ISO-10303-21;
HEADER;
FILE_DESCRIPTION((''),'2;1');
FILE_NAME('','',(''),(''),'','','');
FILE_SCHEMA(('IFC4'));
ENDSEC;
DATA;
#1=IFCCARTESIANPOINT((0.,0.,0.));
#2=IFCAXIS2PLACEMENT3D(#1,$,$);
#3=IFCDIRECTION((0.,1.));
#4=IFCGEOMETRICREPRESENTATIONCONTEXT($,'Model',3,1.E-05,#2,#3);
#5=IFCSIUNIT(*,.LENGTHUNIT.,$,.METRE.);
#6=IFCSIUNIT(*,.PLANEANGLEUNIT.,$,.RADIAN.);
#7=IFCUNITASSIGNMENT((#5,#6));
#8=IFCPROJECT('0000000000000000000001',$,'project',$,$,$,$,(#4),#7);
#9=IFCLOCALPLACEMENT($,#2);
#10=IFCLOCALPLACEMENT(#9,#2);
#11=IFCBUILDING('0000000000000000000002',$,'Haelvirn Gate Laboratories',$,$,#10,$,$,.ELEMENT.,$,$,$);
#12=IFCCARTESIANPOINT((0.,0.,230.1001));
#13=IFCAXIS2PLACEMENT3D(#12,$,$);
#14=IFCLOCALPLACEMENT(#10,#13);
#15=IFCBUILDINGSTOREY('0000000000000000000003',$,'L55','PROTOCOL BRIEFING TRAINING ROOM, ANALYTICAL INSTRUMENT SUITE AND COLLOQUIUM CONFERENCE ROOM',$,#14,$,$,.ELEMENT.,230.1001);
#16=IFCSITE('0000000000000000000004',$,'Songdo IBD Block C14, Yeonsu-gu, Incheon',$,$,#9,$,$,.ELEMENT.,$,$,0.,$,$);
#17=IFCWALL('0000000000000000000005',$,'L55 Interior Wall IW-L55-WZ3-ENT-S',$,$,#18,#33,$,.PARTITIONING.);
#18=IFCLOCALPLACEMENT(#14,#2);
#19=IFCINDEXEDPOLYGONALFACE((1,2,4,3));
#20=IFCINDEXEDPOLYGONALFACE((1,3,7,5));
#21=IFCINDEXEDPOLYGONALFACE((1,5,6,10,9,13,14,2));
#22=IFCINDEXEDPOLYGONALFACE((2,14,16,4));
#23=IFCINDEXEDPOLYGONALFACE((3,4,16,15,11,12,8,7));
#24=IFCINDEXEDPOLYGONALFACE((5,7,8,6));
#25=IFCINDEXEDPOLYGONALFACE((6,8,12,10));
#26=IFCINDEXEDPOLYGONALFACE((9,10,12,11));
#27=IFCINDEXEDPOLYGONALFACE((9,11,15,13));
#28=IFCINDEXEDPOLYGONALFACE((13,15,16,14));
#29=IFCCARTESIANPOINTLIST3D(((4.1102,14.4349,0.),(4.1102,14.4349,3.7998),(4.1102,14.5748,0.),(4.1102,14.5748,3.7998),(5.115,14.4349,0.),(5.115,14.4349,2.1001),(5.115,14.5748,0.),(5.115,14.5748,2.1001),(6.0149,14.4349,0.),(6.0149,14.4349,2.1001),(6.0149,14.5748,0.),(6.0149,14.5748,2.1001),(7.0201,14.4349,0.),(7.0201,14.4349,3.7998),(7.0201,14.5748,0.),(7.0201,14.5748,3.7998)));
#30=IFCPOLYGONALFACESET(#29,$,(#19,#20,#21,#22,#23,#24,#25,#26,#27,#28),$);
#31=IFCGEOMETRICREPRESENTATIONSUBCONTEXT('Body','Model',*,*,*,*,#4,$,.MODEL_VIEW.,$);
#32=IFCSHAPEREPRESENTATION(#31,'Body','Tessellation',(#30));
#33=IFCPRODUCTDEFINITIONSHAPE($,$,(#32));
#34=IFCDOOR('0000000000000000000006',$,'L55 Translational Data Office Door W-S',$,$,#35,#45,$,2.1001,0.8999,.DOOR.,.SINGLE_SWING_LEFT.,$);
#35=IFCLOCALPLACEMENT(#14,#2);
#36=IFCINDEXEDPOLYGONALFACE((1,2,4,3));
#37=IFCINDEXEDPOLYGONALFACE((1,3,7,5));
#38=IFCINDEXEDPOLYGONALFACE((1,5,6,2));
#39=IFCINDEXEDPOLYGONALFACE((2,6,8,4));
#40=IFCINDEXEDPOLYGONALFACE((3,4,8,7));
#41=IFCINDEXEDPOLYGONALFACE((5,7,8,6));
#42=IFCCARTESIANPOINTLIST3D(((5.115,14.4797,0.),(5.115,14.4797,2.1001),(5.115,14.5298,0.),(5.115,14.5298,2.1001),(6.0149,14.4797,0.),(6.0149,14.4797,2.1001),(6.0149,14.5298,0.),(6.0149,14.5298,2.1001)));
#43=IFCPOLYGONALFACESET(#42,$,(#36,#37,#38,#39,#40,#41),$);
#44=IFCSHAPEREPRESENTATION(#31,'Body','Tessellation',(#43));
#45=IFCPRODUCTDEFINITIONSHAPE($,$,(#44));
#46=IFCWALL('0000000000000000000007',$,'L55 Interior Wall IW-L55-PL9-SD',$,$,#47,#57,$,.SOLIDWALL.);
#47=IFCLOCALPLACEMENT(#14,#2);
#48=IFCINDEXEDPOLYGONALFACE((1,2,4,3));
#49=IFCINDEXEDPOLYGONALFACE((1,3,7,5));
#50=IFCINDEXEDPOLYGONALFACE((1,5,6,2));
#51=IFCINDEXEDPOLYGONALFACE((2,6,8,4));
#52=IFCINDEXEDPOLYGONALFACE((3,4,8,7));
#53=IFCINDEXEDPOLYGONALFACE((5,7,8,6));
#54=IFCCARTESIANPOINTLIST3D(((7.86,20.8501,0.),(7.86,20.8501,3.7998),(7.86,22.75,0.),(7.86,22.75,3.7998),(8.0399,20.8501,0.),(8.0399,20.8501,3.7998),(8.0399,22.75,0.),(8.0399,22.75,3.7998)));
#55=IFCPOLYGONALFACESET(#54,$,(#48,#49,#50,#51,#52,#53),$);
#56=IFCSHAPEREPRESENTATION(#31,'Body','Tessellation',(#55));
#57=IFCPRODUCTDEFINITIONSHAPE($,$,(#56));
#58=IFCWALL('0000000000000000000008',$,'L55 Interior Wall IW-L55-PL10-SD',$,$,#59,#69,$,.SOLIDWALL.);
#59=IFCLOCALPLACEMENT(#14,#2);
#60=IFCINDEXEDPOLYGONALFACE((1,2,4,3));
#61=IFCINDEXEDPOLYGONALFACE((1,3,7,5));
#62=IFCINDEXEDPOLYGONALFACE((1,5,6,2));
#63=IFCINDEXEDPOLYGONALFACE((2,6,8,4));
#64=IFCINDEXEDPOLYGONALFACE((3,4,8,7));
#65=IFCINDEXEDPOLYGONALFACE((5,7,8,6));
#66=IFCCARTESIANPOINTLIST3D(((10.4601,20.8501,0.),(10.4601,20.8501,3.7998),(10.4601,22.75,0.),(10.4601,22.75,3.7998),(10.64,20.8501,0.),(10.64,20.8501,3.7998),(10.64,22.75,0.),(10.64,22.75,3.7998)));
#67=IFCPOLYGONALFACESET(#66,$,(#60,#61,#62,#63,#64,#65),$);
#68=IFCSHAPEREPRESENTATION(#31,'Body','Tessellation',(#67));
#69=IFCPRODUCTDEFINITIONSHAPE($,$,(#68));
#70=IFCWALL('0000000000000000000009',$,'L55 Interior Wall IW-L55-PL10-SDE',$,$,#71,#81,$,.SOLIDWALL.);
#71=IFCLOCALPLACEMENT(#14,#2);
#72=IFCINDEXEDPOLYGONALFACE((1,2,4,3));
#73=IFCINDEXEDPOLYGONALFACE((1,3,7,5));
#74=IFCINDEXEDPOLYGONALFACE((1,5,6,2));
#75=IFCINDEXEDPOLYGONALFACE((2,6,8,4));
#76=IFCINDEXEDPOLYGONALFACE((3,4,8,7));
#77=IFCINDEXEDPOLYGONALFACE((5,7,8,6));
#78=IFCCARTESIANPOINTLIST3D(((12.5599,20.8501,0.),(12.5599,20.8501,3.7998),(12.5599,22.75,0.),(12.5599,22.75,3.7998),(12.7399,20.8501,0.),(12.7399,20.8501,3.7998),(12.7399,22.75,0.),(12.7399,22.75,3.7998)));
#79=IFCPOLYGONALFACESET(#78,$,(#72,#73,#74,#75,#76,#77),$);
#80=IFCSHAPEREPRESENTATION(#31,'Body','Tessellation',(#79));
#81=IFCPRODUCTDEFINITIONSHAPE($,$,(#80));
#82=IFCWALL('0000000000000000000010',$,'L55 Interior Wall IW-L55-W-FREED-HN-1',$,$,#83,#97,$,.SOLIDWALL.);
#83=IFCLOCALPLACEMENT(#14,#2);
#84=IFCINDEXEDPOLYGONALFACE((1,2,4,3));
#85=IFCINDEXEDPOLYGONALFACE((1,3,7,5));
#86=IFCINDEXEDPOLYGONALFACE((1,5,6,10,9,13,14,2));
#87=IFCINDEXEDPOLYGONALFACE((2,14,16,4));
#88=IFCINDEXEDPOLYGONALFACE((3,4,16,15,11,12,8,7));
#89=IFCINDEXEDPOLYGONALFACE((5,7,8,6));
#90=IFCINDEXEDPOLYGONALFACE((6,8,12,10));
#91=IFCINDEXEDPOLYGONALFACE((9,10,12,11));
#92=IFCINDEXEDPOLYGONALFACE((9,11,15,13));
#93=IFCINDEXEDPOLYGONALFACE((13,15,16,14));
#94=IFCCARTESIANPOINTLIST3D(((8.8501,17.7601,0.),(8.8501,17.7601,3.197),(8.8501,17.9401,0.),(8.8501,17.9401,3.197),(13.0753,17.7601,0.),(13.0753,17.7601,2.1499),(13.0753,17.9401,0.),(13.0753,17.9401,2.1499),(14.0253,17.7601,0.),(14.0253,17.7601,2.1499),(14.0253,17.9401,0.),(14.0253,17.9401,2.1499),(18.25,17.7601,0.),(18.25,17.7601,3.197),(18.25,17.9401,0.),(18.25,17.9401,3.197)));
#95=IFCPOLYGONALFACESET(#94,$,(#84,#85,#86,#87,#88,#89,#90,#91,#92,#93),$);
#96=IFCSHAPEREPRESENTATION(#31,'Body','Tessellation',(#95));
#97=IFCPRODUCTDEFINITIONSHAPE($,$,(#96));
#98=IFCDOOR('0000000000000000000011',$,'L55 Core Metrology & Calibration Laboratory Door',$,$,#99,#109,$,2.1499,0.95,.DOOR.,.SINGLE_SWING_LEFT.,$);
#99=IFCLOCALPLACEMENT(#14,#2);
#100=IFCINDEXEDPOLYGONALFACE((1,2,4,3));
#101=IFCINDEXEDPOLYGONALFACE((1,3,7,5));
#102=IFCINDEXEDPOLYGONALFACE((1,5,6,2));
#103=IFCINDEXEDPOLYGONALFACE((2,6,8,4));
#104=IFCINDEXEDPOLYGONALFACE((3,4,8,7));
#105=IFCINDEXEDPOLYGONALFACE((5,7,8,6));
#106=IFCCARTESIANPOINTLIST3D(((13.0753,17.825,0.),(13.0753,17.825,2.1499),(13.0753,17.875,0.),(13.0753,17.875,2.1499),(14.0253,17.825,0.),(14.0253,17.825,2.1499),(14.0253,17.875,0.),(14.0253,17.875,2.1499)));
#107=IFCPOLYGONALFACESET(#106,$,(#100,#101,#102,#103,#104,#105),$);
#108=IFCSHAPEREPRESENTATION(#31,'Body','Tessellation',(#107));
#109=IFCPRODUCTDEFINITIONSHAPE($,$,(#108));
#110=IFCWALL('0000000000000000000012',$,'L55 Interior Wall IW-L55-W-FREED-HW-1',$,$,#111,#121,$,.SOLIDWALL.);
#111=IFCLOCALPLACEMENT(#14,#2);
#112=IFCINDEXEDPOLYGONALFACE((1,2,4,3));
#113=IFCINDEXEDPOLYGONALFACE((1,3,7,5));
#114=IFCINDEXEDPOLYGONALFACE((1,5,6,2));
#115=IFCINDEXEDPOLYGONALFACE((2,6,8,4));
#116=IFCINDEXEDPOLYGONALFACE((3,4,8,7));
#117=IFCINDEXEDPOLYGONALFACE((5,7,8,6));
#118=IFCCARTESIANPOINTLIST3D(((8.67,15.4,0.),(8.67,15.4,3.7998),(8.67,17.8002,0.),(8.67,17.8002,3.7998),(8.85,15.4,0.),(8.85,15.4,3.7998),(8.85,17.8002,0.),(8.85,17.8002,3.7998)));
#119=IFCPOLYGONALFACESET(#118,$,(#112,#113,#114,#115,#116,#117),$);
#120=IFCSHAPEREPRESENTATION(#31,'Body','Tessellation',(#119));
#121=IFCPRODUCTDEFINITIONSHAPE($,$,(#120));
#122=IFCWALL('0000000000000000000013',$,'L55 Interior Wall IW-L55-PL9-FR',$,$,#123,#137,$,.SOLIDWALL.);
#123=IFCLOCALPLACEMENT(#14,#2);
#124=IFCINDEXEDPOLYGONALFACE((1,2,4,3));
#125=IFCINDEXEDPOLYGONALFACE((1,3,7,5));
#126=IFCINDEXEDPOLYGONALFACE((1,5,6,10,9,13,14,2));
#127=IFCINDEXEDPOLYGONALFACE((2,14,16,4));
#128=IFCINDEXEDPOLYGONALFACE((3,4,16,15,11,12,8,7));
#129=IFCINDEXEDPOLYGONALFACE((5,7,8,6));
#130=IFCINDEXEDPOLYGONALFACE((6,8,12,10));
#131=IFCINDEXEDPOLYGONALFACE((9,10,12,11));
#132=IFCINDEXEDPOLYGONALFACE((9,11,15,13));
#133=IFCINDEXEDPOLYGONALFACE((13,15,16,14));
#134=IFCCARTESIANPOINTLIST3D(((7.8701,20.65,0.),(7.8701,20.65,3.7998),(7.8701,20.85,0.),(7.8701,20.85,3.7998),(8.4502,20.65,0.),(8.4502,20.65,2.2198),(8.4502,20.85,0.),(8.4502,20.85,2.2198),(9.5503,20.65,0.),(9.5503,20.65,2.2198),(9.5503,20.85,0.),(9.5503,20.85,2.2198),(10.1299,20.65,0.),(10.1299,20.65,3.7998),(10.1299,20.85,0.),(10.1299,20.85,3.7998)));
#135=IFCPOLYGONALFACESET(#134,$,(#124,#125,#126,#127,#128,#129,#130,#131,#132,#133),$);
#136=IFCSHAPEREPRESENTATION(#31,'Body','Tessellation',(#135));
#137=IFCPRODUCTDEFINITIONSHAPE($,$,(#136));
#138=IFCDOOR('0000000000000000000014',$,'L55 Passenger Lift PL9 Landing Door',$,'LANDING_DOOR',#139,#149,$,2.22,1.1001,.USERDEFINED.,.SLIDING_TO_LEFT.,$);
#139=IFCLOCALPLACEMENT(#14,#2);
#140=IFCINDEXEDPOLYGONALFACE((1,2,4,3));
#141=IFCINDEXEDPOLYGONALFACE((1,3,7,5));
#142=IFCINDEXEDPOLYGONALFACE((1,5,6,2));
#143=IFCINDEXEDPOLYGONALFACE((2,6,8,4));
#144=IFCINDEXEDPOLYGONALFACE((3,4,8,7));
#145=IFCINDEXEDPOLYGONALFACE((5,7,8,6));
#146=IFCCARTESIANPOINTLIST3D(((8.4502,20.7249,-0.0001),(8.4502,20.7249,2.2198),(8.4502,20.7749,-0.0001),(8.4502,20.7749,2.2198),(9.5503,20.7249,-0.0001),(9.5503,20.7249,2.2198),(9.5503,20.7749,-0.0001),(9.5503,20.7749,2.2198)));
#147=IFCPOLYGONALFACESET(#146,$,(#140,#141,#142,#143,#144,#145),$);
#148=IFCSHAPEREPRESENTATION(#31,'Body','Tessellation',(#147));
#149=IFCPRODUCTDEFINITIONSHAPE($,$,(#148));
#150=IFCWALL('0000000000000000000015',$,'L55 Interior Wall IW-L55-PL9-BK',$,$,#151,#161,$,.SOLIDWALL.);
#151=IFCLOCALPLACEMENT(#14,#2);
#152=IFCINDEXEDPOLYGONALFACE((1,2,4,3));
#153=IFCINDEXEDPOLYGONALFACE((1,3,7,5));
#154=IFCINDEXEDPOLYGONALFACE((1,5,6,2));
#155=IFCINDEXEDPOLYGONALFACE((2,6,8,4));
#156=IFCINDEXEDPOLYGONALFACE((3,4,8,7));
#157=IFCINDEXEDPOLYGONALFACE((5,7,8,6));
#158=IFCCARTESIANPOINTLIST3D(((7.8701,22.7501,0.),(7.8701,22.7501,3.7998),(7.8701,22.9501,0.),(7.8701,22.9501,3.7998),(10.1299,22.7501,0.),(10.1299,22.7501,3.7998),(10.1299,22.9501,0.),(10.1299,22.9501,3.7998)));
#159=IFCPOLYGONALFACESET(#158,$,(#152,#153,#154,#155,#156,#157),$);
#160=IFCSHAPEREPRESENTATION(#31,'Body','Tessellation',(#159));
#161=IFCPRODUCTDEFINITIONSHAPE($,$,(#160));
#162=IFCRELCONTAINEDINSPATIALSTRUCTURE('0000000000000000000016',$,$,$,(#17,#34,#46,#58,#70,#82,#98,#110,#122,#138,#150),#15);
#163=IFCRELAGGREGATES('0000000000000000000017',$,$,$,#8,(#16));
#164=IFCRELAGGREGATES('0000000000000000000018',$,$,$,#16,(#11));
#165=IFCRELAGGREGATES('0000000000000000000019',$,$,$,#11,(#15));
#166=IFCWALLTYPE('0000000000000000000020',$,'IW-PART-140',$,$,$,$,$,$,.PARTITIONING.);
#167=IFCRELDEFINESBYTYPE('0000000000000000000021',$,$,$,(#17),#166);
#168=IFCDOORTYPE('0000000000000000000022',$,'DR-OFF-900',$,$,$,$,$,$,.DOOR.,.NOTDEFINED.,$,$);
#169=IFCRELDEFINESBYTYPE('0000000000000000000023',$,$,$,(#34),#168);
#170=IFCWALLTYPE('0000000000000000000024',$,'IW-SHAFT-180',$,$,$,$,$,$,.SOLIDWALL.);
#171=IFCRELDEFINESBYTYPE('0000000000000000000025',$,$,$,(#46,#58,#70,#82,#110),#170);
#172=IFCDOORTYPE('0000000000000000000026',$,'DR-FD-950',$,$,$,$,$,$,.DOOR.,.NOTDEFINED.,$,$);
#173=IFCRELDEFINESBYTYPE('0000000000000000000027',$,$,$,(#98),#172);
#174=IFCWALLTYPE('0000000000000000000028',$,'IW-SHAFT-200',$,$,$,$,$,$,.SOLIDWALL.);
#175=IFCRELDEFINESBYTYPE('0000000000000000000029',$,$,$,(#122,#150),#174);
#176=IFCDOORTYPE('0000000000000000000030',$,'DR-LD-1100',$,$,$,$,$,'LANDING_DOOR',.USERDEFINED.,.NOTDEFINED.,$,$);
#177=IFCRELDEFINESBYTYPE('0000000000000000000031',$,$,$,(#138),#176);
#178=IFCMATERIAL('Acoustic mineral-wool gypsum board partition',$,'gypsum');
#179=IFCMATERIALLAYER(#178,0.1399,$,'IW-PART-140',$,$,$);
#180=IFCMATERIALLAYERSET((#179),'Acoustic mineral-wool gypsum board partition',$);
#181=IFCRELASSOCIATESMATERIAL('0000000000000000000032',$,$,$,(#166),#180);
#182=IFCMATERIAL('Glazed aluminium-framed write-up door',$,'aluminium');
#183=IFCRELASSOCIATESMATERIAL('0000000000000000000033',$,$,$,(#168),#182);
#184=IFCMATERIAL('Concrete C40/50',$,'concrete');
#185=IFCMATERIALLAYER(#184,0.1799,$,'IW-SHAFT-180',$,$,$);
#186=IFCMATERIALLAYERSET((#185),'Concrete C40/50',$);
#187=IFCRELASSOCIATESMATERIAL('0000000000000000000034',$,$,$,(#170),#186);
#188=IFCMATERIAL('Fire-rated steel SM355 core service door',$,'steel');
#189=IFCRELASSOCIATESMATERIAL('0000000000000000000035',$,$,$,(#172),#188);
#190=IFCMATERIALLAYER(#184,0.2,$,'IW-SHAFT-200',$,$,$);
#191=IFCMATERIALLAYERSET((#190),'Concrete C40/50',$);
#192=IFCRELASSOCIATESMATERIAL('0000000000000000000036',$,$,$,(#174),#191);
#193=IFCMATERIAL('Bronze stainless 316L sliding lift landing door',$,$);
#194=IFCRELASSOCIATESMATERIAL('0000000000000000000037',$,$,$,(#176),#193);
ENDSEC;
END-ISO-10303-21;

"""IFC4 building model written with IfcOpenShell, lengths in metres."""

from ifc_helpers import new_model, si_unit, direction, frame, frame_2d, origin, place, context, subcontext, project, spatial, rectangle, extrude, source, transform, mapped, material, layer, layer_set, type_object, type_shapes, element, fill, save


model = new_model("IFC4")

# Units and contexts
model_context = context("Model", 3, precision=1e-05, world=origin(), true_north=direction((0.0, 1.0)))
body_context = subcontext(model_context, "Body", "Model", "MODEL_VIEW")
ifc_project = project(units=[si_unit("LENGTHUNIT", "METRE"), si_unit("PLANEANGLEUNIT", "RADIAN")], contexts=[model_context])

# Site, building, storey
site_placement = place(None, origin())
site = spatial("IfcSite", under=ifc_project, at=site_placement, Name="Songdo IBD Block C14, Yeonsu-gu, Incheon", CompositionType="ELEMENT", RefElevation=0.0)
building_placement = place(site_placement, origin())
building = spatial("IfcBuilding", under=site, at=building_placement, Name="Haelvirn Gate Laboratories", CompositionType="ELEMENT")
storey_placement = place(building_placement, frame((0.0, 0.0, 230.1001)))
storey = spatial("IfcBuildingStorey", under=building, at=storey_placement, Name="L55", Description="PROTOCOL BRIEFING TRAINING ROOM, ANALYTICAL INSTRUMENT SUITE AND COLLOQUIUM CONFERENCE ROOM", CompositionType="ELEMENT", Elevation=230.1001)

# Shared definitions
ifc_material_1 = material(Name="Acoustic mineral-wool gypsum board partition", Category="gypsum")
ifc_layer_1 = layer(ifc_material_1, 0.1399, Name="IW-PART-140")
ifc_layer_set_1 = layer_set([ifc_layer_1], Name="Acoustic mineral-wool gypsum board partition")
wall_type_1 = type_object("IfcWallType", Name="IW-PART-140", PredefinedType="PARTITIONING", material=ifc_layer_set_1)

# Wall, opening, door
wall_1_placement = place(storey_placement, frame((4.1101, 14.5049, 0.0), z_axis=(0.0, 0.0, 1.0), x_axis=(1.0, 0.0, 0.0)))
wall_1 = element("IfcWall", 1, at=wall_1_placement, inside=storey, type_object=wall_type_1, Name="L55 Interior Wall IW-L55-WZ3-ENT-S", PredefinedType="PARTITIONING", context=body_context, shape_type="SweptSolid", body=[
    extrude(rectangle(XDim=2.9099, YDim=0.1399, at=frame_2d((1.4551, 0.0))), origin(), (0.0, 0.0, 1.0), 3.7998),
])
opening_1_placement = place(wall_1_placement, frame((1.0049, 0.0, 0.0)))
opening_1 = element("IfcOpeningElement", 2, at=opening_1_placement, cuts=wall_1, PredefinedType="OPENING", context=body_context, shape_type="SweptSolid", body=[
    extrude(rectangle(XDim=0.8999, YDim=2.1001, at=frame_2d((0.45, 1.05))), frame((0.0, 0.0801, 0.0), z_axis=(0.0, -1.0, 0.0), x_axis=(1.0, 0.0, 0.0)), (0.0, 0.0, 1.0), 0.1599),
])
ifc_material_2 = material(Name="Glazed aluminium-framed write-up door", Category="aluminium")
door_type_1 = type_object("IfcDoorType", Name="DR-OFF-900", OperationType="NOTDEFINED", PredefinedType="DOOR", material=ifc_material_2)
shared_shape_1 = source(origin(), body_context, "Body", "SweptSolid", [
    extrude(rectangle(XDim=0.8999, YDim=2.1001, at=frame_2d((0.45, 1.05))), frame((0.0, 0.0249, 0.0), z_axis=(0.0, -1.0, 0.0), x_axis=(1.0, 0.0, 0.0)), (0.0, 0.0, 1.0), 0.05),
])
type_shapes(door_type_1, [shared_shape_1])
door_1_placement = place(opening_1_placement, origin())
door_1 = element("IfcDoor", 3, at=door_1_placement, inside=storey, type_object=door_type_1, Name="L55 Translational Data Office Door W-S", OperationType="SINGLE_SWING_LEFT", OverallHeight=2.1001, OverallWidth=0.8999, PredefinedType="DOOR", context=body_context, shape_type="MappedRepresentation", body=[
    mapped(shared_shape_1, transform((0.0, 0.0, 0.0), scale=1.0)),
])
fill(opening_1, door_1)

# Walls
ifc_material_3 = material(Name="Concrete C40/50", Category="concrete")
ifc_layer_2 = layer(ifc_material_3, 0.1799, Name="IW-SHAFT-180")
ifc_layer_set_2 = layer_set([ifc_layer_2], Name="Concrete C40/50")
wall_type_2 = type_object("IfcWallType", Name="IW-SHAFT-180", PredefinedType="SOLIDWALL", material=ifc_layer_set_2)
for number, where, z_axis, x_axis, name in (
    (4, (7.95, 20.8501, 0.0), (0.0, 0.0, 1.0), (0.0, 1.0, 0.0), "L55 Interior Wall IW-L55-PL9-SD"),
    (5, (10.55, 20.8501, 0.0), (0.0, 0.0, 1.0), (0.0, 1.0, 0.0), "L55 Interior Wall IW-L55-PL10-SD"),
    (6, (12.6499, 20.8501, 0.0), (0.0, 0.0, 1.0), (0.0, 1.0, 0.0), "L55 Interior Wall IW-L55-PL10-SDE"),
):
    element("IfcWall", number, at=place(storey_placement, frame(where, z_axis=z_axis, x_axis=x_axis)), inside=storey, type_object=wall_type_2, Name=name, PredefinedType="SOLIDWALL", context=body_context, shape_type="SweptSolid", body=[
        extrude(rectangle(XDim=1.8999, YDim=0.1799, at=frame_2d((0.95, 0.0))), origin(), (0.0, 0.0, 1.0), 3.7998),
    ])

# Wall, opening, door
wall_2_placement = place(storey_placement, frame((8.8501, 17.8501, 0.0), z_axis=(0.0, 0.0, 1.0), x_axis=(1.0, 0.0, 0.0)))
wall_2 = element("IfcWall", 7, at=wall_2_placement, inside=storey, type_object=wall_type_2, Name="L55 Interior Wall IW-L55-W-FREED-HN-1", PredefinedType="SOLIDWALL", context=body_context, shape_type="SweptSolid", body=[
    extrude(rectangle(XDim=9.3999, YDim=0.1799, at=frame_2d((4.7, 0.0))), origin(), (0.0, 0.0, 1.0), 3.197),
])
opening_2_placement = place(wall_2_placement, frame((4.2251, 0.0, 0.0)))
opening_2 = element("IfcOpeningElement", 8, at=opening_2_placement, cuts=wall_2, PredefinedType="OPENING", context=body_context, shape_type="SweptSolid", body=[
    extrude(rectangle(XDim=0.95, YDim=2.1499, at=frame_2d((0.4751, 1.075))), frame((0.0, 0.1001, 0.0), z_axis=(0.0, -1.0, 0.0), x_axis=(1.0, 0.0, 0.0)), (0.0, 0.0, 1.0), 0.2),
])
ifc_material_4 = material(Name="Fire-rated steel SM355 core service door", Category="steel")
door_type_2 = type_object("IfcDoorType", Name="DR-FD-950", OperationType="NOTDEFINED", PredefinedType="DOOR", material=ifc_material_4)
shared_shape_2 = source(origin(), body_context, "Body", "SweptSolid", [
    extrude(rectangle(XDim=0.95, YDim=2.1499, at=frame_2d((0.4751, 1.075))), frame((0.0, 0.0249, 0.0), z_axis=(0.0, -1.0, 0.0), x_axis=(1.0, 0.0, 0.0)), (0.0, 0.0, 1.0), 0.05),
])
type_shapes(door_type_2, [shared_shape_2])
door_2_placement = place(opening_2_placement, origin())
door_2 = element("IfcDoor", 9, at=door_2_placement, inside=storey, type_object=door_type_2, Name="L55 Core Metrology & Calibration Laboratory Door", OperationType="SINGLE_SWING_LEFT", OverallHeight=2.1499, OverallWidth=0.95, PredefinedType="DOOR", context=body_context, shape_type="MappedRepresentation", body=[
    mapped(shared_shape_2, transform((0.0, 0.0, 0.0), scale=1.0)),
])
fill(opening_2, door_2)

# Wall
wall_3_placement = place(storey_placement, frame((8.76, 15.3999, 0.0), z_axis=(0.0, 0.0, 1.0), x_axis=(0.0, 1.0, 0.0)))
element("IfcWall", 10, at=wall_3_placement, inside=storey, type_object=wall_type_2, Name="L55 Interior Wall IW-L55-W-FREED-HW-1", PredefinedType="SOLIDWALL", context=body_context, shape_type="SweptSolid", body=[
    extrude(rectangle(XDim=2.4001, YDim=0.1799, at=frame_2d((1.2002, 0.0))), origin(), (0.0, 0.0, 1.0), 3.7998),
])

# Wall, opening, door
ifc_layer_3 = layer(ifc_material_3, 0.2, Name="IW-SHAFT-200")
ifc_layer_set_3 = layer_set([ifc_layer_3], Name="Concrete C40/50")
wall_type_3 = type_object("IfcWallType", Name="IW-SHAFT-200", PredefinedType="SOLIDWALL", material=ifc_layer_set_3)
wall_4_placement = place(storey_placement, frame((7.8701, 20.75, 0.0), z_axis=(0.0, 0.0, 1.0), x_axis=(1.0, 0.0, 0.0)))
wall_4 = element("IfcWall", 11, at=wall_4_placement, inside=storey, type_object=wall_type_3, Name="L55 Interior Wall IW-L55-PL9-FR", PredefinedType="SOLIDWALL", context=body_context, shape_type="SweptSolid", body=[
    extrude(rectangle(XDim=2.2598, YDim=0.2, at=frame_2d((1.1299, 0.0))), origin(), (0.0, 0.0, 1.0), 3.7998),
])
opening_3_placement = place(wall_4_placement, frame((0.5801, 0.0, 0.0)))
opening_3 = element("IfcOpeningElement", 12, at=opening_3_placement, cuts=wall_4, PredefinedType="OPENING", context=body_context, shape_type="SweptSolid", body=[
    extrude(rectangle(XDim=1.1001, YDim=2.22, at=frame_2d((0.55, 1.1099))), frame((0.0, 0.1099, 0.0), z_axis=(0.0, -1.0, 0.0), x_axis=(1.0, 0.0, 0.0)), (0.0, 0.0, 1.0), 0.22),
])
ifc_material_5 = material(Name="Bronze stainless 316L sliding lift landing door")
door_type_3 = type_object("IfcDoorType", Name="DR-LD-1100", ElementType="LANDING_DOOR", OperationType="NOTDEFINED", PredefinedType="USERDEFINED", material=ifc_material_5)
shared_shape_3 = source(origin(), body_context, "Body", "SweptSolid", [
    extrude(rectangle(XDim=1.1001, YDim=2.22, at=frame_2d((0.55, 1.1099))), frame((0.0, 0.0249, 0.0), z_axis=(0.0, -1.0, 0.0), x_axis=(1.0, 0.0, 0.0)), (0.0, 0.0, 1.0), 0.05),
])
type_shapes(door_type_3, [shared_shape_3])
door_3_placement = place(opening_3_placement, origin())
door_3 = element("IfcDoor", 13, at=door_3_placement, inside=storey, type_object=door_type_3, Name="L55 Passenger Lift PL9 Landing Door", ObjectType="LANDING_DOOR", OperationType="SLIDING_TO_LEFT", OverallHeight=2.22, OverallWidth=1.1001, PredefinedType="USERDEFINED", context=body_context, shape_type="MappedRepresentation", body=[
    mapped(shared_shape_3, transform((0.0, 0.0, 0.0), scale=1.0)),
])
fill(opening_3, door_3)

# Wall
wall_5_placement = place(storey_placement, frame((7.8701, 22.8501, 0.0), z_axis=(0.0, 0.0, 1.0), x_axis=(1.0, 0.0, 0.0)))
element("IfcWall", 14, at=wall_5_placement, inside=storey, type_object=wall_type_3, Name="L55 Interior Wall IW-L55-PL9-BK", PredefinedType="SOLIDWALL", context=body_context, shape_type="SweptSolid", body=[
    extrude(rectangle(XDim=2.2598, YDim=0.2, at=frame_2d((1.1299, 0.0))), origin(), (0.0, 0.0, 1.0), 3.7998),
])

save(model, "model.ifc")
